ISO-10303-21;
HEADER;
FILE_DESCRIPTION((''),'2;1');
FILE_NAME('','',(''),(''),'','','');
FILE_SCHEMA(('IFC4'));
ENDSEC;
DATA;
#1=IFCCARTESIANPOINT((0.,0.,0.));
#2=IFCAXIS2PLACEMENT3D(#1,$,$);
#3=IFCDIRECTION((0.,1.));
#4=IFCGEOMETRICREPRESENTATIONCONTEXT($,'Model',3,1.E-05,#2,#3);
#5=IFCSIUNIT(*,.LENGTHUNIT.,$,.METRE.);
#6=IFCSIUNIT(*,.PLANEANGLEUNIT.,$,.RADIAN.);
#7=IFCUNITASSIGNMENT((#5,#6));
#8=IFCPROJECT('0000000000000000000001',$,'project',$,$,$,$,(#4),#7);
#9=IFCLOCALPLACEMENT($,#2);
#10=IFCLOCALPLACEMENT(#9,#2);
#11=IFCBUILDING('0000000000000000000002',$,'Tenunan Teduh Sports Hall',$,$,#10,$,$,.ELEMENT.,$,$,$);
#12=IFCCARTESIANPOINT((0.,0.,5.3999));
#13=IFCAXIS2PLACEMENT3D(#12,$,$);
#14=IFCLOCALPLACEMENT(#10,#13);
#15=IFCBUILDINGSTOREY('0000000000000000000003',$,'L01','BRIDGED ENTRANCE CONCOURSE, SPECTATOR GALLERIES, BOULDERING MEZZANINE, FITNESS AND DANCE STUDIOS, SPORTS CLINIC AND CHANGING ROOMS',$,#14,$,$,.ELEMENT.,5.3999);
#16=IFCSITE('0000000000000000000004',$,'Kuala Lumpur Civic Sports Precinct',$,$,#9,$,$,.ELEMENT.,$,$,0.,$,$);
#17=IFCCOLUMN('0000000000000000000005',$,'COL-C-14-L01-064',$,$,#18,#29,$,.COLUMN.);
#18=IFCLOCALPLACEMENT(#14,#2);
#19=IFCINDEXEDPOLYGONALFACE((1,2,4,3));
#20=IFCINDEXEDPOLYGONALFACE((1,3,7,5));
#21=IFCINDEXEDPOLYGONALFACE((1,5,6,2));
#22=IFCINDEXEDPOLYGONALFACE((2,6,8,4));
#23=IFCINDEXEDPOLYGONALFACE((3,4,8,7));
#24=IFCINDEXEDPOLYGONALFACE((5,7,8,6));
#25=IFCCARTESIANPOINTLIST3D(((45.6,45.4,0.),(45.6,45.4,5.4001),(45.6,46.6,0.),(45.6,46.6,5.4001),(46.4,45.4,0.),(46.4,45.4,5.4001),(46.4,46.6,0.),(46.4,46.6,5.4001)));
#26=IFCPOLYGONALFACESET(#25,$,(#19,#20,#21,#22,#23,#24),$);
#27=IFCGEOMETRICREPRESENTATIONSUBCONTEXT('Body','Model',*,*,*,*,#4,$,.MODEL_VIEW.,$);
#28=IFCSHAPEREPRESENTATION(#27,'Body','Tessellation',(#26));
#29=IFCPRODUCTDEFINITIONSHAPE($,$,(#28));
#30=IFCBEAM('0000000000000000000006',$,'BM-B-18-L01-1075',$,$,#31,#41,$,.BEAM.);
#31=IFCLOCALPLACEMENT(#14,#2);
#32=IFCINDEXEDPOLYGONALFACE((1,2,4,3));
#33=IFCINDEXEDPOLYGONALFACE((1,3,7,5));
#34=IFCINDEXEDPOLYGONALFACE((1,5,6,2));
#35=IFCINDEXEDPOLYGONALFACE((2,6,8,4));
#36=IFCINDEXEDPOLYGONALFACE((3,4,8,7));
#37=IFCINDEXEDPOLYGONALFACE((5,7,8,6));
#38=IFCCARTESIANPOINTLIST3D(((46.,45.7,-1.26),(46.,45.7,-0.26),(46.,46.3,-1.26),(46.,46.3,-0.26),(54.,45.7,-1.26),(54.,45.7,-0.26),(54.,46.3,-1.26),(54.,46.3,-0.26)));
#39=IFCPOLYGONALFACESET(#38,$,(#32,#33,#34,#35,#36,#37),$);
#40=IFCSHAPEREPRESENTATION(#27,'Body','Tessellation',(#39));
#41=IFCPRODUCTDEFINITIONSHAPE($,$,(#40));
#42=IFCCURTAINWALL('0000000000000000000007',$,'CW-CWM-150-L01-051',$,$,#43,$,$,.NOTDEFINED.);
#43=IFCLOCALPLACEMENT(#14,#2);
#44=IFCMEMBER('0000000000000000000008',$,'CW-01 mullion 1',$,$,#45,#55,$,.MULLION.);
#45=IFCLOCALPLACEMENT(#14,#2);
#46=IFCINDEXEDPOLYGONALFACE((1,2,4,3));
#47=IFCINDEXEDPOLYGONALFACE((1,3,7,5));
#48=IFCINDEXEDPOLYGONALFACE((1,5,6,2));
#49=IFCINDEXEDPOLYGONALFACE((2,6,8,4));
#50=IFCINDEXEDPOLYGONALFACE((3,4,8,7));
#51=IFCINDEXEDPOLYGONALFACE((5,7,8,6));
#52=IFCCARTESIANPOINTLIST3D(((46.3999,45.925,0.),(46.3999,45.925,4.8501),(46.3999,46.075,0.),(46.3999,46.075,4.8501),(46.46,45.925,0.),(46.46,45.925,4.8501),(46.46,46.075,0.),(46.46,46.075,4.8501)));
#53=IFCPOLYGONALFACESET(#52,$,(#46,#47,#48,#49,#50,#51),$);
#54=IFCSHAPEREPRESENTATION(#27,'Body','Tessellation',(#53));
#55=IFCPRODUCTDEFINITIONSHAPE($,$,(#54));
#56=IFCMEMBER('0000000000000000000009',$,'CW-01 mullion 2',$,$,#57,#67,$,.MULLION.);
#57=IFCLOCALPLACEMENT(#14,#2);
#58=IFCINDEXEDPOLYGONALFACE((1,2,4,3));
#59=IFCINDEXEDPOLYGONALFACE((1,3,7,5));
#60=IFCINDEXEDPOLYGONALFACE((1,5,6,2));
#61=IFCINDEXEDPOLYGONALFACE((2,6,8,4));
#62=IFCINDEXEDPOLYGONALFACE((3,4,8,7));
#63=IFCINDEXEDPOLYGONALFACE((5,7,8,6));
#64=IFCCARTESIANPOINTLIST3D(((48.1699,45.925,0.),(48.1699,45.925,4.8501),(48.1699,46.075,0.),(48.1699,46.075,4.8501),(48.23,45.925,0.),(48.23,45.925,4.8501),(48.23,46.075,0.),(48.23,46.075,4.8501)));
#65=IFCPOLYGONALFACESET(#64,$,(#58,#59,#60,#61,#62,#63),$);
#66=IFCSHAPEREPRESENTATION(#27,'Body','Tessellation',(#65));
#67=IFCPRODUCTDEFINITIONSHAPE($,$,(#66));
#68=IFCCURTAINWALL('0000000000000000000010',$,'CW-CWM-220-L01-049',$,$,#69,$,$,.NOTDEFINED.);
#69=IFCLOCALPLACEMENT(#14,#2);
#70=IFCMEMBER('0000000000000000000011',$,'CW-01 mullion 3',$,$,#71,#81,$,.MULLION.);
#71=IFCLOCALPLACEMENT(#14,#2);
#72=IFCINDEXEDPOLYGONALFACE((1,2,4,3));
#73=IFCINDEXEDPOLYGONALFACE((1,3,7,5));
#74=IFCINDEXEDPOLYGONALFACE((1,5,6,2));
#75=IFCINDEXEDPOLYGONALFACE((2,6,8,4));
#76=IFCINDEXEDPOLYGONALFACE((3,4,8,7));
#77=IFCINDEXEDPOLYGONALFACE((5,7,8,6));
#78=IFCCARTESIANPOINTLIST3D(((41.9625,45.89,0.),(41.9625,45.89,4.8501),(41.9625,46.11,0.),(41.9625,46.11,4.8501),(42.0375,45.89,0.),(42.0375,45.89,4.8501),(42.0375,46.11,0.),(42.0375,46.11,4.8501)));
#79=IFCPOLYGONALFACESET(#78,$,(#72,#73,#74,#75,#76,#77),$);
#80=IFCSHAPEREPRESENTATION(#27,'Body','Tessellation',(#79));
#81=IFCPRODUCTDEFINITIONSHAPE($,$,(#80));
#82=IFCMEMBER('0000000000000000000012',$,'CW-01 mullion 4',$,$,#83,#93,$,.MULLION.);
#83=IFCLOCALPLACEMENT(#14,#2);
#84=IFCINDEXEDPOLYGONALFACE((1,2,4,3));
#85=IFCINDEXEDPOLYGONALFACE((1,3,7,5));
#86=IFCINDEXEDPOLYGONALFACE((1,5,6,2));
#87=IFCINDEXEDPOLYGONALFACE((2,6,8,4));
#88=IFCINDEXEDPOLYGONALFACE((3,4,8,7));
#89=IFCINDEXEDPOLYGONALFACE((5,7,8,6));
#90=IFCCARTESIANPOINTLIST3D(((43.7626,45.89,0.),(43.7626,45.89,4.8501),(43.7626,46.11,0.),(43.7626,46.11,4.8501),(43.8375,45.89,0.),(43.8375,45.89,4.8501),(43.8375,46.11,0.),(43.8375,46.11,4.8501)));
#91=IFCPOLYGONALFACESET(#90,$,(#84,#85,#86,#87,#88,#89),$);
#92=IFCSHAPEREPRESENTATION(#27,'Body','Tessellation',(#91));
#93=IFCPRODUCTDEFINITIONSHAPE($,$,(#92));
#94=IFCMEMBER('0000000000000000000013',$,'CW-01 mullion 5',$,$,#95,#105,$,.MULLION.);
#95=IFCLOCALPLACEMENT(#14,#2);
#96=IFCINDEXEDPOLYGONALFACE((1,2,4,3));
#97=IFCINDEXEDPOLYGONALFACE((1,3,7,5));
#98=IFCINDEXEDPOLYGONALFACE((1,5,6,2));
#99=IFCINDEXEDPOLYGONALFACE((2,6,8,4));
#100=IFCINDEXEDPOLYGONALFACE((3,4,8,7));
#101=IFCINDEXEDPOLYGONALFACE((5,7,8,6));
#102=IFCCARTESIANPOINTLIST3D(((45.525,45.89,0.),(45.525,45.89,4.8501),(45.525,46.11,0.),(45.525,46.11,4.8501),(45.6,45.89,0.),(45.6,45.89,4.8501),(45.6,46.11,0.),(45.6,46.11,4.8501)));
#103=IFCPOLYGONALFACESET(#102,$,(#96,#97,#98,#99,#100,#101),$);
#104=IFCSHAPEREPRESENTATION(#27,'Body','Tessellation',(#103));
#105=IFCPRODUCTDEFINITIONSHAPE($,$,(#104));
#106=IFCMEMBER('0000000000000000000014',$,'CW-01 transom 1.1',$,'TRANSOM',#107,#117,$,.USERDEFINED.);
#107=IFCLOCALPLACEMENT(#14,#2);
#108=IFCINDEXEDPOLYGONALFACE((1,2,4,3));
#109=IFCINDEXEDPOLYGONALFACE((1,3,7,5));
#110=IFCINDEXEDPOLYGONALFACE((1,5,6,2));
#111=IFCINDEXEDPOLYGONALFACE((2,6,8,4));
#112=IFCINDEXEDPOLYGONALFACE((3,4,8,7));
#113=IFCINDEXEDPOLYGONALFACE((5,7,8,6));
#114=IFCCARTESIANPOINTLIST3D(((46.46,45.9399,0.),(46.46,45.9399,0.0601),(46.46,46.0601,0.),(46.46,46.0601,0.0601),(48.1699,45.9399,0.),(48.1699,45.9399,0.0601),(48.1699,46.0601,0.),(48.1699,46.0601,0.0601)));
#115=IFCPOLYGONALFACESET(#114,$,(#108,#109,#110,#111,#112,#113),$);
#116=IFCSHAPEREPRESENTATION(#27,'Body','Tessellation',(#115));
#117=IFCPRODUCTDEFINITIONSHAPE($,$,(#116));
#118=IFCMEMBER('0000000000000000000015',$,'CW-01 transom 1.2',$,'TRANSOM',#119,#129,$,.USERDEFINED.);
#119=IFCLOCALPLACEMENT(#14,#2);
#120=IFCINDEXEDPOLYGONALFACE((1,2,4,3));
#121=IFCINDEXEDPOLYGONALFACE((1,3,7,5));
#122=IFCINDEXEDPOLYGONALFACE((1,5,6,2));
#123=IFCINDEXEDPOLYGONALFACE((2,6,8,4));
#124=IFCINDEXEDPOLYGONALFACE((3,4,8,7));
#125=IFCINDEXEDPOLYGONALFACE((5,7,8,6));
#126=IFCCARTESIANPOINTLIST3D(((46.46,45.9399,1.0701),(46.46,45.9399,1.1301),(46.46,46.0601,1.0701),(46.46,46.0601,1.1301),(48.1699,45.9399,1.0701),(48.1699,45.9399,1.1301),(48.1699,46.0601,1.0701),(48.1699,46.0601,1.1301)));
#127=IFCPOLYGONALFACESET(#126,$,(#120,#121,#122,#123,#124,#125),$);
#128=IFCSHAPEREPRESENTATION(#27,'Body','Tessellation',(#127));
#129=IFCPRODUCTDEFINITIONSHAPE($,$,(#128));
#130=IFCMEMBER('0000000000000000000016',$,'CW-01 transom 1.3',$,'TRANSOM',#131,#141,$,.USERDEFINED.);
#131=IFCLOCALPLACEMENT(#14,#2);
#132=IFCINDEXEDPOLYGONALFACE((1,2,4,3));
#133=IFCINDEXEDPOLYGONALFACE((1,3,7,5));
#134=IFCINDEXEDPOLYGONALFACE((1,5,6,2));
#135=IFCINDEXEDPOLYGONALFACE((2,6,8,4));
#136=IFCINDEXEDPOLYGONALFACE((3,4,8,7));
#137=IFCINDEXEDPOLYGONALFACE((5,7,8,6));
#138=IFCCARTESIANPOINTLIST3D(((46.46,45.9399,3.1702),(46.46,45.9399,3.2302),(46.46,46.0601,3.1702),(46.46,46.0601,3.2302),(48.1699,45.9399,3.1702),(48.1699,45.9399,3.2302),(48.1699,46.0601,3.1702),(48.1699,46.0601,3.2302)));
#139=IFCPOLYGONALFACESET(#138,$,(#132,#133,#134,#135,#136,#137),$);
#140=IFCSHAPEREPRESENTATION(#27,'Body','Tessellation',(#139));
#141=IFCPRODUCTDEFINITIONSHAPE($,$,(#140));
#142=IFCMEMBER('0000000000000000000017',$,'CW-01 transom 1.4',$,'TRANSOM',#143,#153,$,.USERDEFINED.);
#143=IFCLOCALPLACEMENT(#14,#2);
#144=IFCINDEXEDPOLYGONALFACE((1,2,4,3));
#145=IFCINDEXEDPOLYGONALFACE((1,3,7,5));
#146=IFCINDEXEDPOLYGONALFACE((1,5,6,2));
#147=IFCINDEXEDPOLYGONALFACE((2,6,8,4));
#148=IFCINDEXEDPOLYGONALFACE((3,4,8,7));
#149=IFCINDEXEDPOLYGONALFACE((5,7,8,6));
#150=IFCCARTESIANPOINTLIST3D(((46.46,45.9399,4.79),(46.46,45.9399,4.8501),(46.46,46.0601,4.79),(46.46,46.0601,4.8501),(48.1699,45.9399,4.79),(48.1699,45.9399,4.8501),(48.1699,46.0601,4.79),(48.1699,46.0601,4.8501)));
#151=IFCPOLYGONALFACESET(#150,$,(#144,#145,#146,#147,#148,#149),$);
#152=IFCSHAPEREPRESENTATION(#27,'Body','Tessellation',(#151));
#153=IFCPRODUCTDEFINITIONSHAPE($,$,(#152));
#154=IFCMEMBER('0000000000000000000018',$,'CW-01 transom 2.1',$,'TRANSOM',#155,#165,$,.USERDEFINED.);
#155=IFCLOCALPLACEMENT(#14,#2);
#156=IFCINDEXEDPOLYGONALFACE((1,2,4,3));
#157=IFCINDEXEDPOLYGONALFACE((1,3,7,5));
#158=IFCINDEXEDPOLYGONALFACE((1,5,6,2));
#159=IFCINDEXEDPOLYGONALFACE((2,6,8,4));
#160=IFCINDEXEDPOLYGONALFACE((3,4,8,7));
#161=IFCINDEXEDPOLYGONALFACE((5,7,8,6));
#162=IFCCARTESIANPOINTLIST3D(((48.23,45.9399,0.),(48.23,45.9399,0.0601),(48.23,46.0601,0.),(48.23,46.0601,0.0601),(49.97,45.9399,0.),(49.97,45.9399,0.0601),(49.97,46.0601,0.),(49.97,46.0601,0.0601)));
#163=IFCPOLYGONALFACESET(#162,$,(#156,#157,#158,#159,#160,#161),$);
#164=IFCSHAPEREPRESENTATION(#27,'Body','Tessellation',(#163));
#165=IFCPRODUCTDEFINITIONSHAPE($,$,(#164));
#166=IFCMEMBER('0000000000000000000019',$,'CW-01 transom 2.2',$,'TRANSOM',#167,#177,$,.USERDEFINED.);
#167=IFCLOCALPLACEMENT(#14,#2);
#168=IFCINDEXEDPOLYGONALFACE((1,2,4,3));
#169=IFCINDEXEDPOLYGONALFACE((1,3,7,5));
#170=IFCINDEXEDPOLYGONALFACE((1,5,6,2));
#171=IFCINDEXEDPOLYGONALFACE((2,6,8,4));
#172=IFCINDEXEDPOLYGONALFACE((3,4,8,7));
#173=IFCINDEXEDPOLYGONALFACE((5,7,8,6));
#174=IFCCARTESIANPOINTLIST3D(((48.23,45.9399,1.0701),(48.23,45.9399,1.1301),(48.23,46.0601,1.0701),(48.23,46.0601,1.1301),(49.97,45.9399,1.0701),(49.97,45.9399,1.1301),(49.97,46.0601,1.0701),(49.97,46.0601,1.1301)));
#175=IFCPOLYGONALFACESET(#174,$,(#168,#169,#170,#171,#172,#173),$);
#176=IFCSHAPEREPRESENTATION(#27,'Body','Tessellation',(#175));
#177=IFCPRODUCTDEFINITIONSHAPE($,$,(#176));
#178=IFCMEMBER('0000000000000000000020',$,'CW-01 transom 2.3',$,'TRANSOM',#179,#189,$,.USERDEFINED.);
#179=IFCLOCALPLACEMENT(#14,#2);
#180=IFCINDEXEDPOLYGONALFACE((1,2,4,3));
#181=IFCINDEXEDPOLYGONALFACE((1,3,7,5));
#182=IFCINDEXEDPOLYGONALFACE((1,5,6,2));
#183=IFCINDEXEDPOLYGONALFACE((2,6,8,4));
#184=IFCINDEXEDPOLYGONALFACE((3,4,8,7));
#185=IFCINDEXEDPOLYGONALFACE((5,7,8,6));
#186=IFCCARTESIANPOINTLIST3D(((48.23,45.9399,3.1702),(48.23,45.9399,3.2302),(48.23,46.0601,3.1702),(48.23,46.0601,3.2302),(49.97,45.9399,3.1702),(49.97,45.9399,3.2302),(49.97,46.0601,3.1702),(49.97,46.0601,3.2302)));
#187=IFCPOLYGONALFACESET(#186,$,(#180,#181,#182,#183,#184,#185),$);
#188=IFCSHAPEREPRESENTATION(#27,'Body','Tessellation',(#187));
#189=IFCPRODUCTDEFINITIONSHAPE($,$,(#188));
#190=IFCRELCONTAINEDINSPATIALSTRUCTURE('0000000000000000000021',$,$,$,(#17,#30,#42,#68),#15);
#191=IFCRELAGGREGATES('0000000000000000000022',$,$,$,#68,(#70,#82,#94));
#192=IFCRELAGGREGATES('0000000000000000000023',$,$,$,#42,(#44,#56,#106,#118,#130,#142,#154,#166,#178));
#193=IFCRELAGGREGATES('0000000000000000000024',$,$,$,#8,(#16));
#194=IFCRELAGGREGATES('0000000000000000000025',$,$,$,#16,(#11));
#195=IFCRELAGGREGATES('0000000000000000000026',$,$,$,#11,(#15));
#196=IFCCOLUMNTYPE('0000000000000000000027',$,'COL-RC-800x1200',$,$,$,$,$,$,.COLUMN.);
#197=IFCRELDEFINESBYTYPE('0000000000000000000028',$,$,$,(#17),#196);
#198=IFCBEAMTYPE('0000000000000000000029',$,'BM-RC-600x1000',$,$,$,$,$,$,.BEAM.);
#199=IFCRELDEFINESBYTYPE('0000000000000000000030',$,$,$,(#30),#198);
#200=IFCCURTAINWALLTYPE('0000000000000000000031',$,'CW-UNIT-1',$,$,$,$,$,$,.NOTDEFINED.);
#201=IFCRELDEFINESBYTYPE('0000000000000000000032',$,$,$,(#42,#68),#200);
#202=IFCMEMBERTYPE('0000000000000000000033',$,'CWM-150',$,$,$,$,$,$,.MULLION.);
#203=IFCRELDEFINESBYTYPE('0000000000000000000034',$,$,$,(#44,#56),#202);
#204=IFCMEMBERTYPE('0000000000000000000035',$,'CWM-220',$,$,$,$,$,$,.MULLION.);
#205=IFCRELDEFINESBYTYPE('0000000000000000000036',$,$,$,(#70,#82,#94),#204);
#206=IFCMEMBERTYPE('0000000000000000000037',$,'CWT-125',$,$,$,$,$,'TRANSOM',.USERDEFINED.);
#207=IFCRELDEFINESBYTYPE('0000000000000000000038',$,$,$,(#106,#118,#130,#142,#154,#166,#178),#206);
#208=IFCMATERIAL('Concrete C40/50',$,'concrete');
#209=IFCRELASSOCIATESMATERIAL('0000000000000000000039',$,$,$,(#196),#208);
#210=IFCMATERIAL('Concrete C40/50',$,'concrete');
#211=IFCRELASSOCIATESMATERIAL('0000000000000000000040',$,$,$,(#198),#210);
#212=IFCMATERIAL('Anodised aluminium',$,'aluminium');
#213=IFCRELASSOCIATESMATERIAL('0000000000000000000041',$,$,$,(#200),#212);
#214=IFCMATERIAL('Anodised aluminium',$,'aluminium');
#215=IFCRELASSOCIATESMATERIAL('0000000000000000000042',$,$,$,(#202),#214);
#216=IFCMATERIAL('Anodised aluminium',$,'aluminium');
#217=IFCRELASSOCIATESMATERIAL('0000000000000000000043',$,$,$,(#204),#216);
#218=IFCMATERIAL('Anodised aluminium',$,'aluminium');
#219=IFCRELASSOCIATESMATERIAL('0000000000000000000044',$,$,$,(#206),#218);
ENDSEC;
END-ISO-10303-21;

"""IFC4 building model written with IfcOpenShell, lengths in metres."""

from ifc_helpers import new_model, si_unit, direction, frame, origin, origin_2d, place, context, subcontext, project, spatial, rectangle, extrude, material, material_profile, profile_set, type_object, element, aggregate, save


model = new_model("IFC4")

# Units and contexts
model_context = context("Model", 3, precision=1e-05, world=origin(), true_north=direction((0.0, 1.0)))
body_context = subcontext(model_context, "Body", "Model", "MODEL_VIEW")
ifc_project = project(units=[si_unit("LENGTHUNIT", "METRE"), si_unit("PLANEANGLEUNIT", "RADIAN")], contexts=[model_context])

# Site, building, storey
site_placement = place(None, origin())
site = spatial("IfcSite", under=ifc_project, at=site_placement, Name="Kuala Lumpur Civic Sports Precinct", CompositionType="ELEMENT", RefElevation=0.0)
building_placement = place(site_placement, origin())
building = spatial("IfcBuilding", under=site, at=building_placement, Name="Tenunan Teduh Sports Hall", CompositionType="ELEMENT")
storey_placement = place(building_placement, frame((0.0, 0.0, 5.3999)))
storey = spatial("IfcBuildingStorey", under=building, at=storey_placement, Name="L01", Description="BRIDGED ENTRANCE CONCOURSE, SPECTATOR GALLERIES, BOULDERING MEZZANINE, FITNESS AND DANCE STUDIOS, SPORTS CLINIC AND CHANGING ROOMS", CompositionType="ELEMENT", Elevation=5.3999)

# Column
ifc_material_1 = material(Name="Concrete C40/50", Category="concrete")
ifc_material_profile_1 = material_profile(ifc_material_1, rectangle(XDim=0.8, YDim=1.2, at=origin_2d()), Name="RC 800x1200")
ifc_profile_set_1 = profile_set([ifc_material_profile_1], Name="Concrete C40/50")
column_type = type_object("IfcColumnType", Name="COL-RC-800x1200", PredefinedType="COLUMN", material=ifc_profile_set_1)
column_placement = place(storey_placement, frame((46.0, 46.0, 0.0), z_axis=(0.0, 0.0, 1.0), x_axis=(1.0, 0.0, 0.0)))
element("IfcColumn", 1, at=column_placement, inside=storey, type_object=column_type, Name="COL-C-14-L01-064", PredefinedType="COLUMN", context=body_context, shape_type="SweptSolid", body=[
    extrude(rectangle(XDim=0.8, YDim=1.2, at=origin_2d()), origin(), (0.0, 0.0, 1.0), 5.4001),
])

# Beam
ifc_material_2 = material(Name="Concrete C40/50", Category="concrete")
ifc_material_profile_2 = material_profile(ifc_material_2, rectangle(XDim=0.6001, YDim=1.0, at=origin_2d()), Name="RCB 600x1000")
ifc_profile_set_2 = profile_set([ifc_material_profile_2], Name="Concrete C40/50")
beam_type_1 = type_object("IfcBeamType", Name="BM-RC-600x1000", PredefinedType="BEAM", material=ifc_profile_set_2)
beam_1_placement = place(storey_placement, frame((46.0, 46.0, -0.76), z_axis=(1.0, 0.0, 0.0), x_axis=(0.0, 1.0, 0.0)))
element("IfcBeam", 2, at=beam_1_placement, inside=storey, type_object=beam_type_1, Name="BM-B-18-L01-1075", PredefinedType="BEAM", context=body_context, shape_type="SweptSolid", body=[
    extrude(rectangle(XDim=0.6001, YDim=1.0, at=origin_2d()), origin(), (0.0, 0.0, 1.0), 8.0),
])

# Curtain walls, members
ifc_material_3 = material(Name="Anodised aluminium", Category="aluminium")
curtain_wall_type = type_object("IfcCurtainWallType", Name="CW-UNIT-1", PredefinedType="NOTDEFINED", material=ifc_material_3)
curtain_wall_1_placement = place(storey_placement, origin())
curtain_wall_1 = element("IfcCurtainWall", 3, at=curtain_wall_1_placement, inside=storey, type_object=curtain_wall_type, Name="CW-CWM-150-L01-051", PredefinedType="NOTDEFINED")
ifc_material_4 = material(Name="Anodised aluminium", Category="aluminium")
ifc_material_profile_3 = material_profile(ifc_material_4, rectangle(XDim=0.0601, YDim=0.1499, at=origin_2d()), Name="CWM 60x150")
ifc_profile_set_3 = profile_set([ifc_material_profile_3], Name="Anodised aluminium")
member_type_1 = type_object("IfcMemberType", Name="CWM-150", PredefinedType="MULLION", material=ifc_profile_set_3)
member_1_placement = place(storey_placement, frame((46.4299, 46.0, 0.0), z_axis=(0.0, 0.0, 1.0), x_axis=(1.0, 0.0, 0.0)))
member_1 = element("IfcMember", 4, at=member_1_placement, type_object=member_type_1, Name="CW-01 mullion 1", PredefinedType="MULLION", context=body_context, shape_type="SweptSolid", body=[
    extrude(rectangle(XDim=0.0601, YDim=0.1499, at=origin_2d()), origin(), (0.0, 0.0, 1.0), 4.8501),
])
member_2_placement = place(storey_placement, frame((48.2, 46.0, 0.0), z_axis=(0.0, 0.0, 1.0), x_axis=(1.0, 0.0, 0.0)))
member_2 = element("IfcMember", 5, at=member_2_placement, type_object=member_type_1, Name="CW-01 mullion 2", PredefinedType="MULLION", context=body_context, shape_type="SweptSolid", body=[
    extrude(rectangle(XDim=0.0601, YDim=0.1499, at=origin_2d()), origin(), (0.0, 0.0, 1.0), 4.8501),
])
curtain_wall_2_placement = place(storey_placement, origin())
curtain_wall_2 = element("IfcCurtainWall", 6, at=curtain_wall_2_placement, inside=storey, type_object=curtain_wall_type, Name="CW-CWM-220-L01-049", PredefinedType="NOTDEFINED")
ifc_material_5 = material(Name="Anodised aluminium", Category="aluminium")
ifc_material_profile_4 = material_profile(ifc_material_5, rectangle(XDim=0.075, YDim=0.22, at=origin_2d()), Name="CWM 75x220")
ifc_profile_set_4 = profile_set([ifc_material_profile_4], Name="Anodised aluminium")
member_type_2 = type_object("IfcMemberType", Name="CWM-220", PredefinedType="MULLION", material=ifc_profile_set_4)
member_3_placement = place(storey_placement, frame((42.0, 46.0, 0.0), z_axis=(0.0, 0.0, 1.0), x_axis=(1.0, 0.0, 0.0)))
member_3 = element("IfcMember", 7, at=member_3_placement, type_object=member_type_2, Name="CW-01 mullion 3", PredefinedType="MULLION", context=body_context, shape_type="SweptSolid", body=[
    extrude(rectangle(XDim=0.075, YDim=0.22, at=origin_2d()), origin(), (0.0, 0.0, 1.0), 4.8501),
])
member_4_placement = place(storey_placement, frame((43.8, 46.0, 0.0), z_axis=(0.0, 0.0, 1.0), x_axis=(1.0, 0.0, 0.0)))
member_4 = element("IfcMember", 8, at=member_4_placement, type_object=member_type_2, Name="CW-01 mullion 4", PredefinedType="MULLION", context=body_context, shape_type="SweptSolid", body=[
    extrude(rectangle(XDim=0.075, YDim=0.22, at=origin_2d()), origin(), (0.0, 0.0, 1.0), 4.8501),
])
member_5_placement = place(storey_placement, frame((45.5625, 46.0, 0.0), z_axis=(0.0, 0.0, 1.0), x_axis=(1.0, 0.0, 0.0)))
member_5 = element("IfcMember", 9, at=member_5_placement, type_object=member_type_2, Name="CW-01 mullion 5", PredefinedType="MULLION", context=body_context, shape_type="SweptSolid", body=[
    extrude(rectangle(XDim=0.075, YDim=0.22, at=origin_2d()), origin(), (0.0, 0.0, 1.0), 4.8501),
])

# Members
ifc_material_6 = material(Name="Anodised aluminium", Category="aluminium")
ifc_material_profile_5 = material_profile(ifc_material_6, rectangle(XDim=0.0601, YDim=0.1201, at=origin_2d()), Name="CWT 60x120")
ifc_profile_set_5 = profile_set([ifc_material_profile_5], Name="Anodised aluminium")
member_type_3 = type_object("IfcMemberType", Name="CWT-125", ElementType="TRANSOM", PredefinedType="USERDEFINED", material=ifc_profile_set_5)
member_6_placement = place(storey_placement, frame((46.46, 46.0, 0.03), z_axis=(1.0, 0.0, 0.0), x_axis=(0.0, 0.0, 1.0)))
member_6 = element("IfcMember", 10, at=member_6_placement, type_object=member_type_3, Name="CW-01 transom 1.1", ObjectType="TRANSOM", PredefinedType="USERDEFINED", context=body_context, shape_type="SweptSolid", body=[
    extrude(rectangle(XDim=0.0601, YDim=0.1201, at=origin_2d()), origin(), (0.0, 0.0, 1.0), 1.71),
])
member_7_placement = place(storey_placement, frame((46.46, 46.0, 1.1001), z_axis=(1.0, 0.0, 0.0), x_axis=(0.0, 0.0, 1.0)))
member_7 = element("IfcMember", 11, at=member_7_placement, type_object=member_type_3, Name="CW-01 transom 1.2", ObjectType="TRANSOM", PredefinedType="USERDEFINED", context=body_context, shape_type="SweptSolid", body=[
    extrude(rectangle(XDim=0.0601, YDim=0.1201, at=origin_2d()), origin(), (0.0, 0.0, 1.0), 1.71),
])
member_8_placement = place(storey_placement, frame((46.46, 46.0, 3.2002), z_axis=(1.0, 0.0, 0.0), x_axis=(0.0, 0.0, 1.0)))
member_8 = element("IfcMember", 12, at=member_8_placement, type_object=member_type_3, Name="CW-01 transom 1.3", ObjectType="TRANSOM", PredefinedType="USERDEFINED", context=body_context, shape_type="SweptSolid", body=[
    extrude(rectangle(XDim=0.0601, YDim=0.1201, at=origin_2d()), origin(), (0.0, 0.0, 1.0), 1.71),
])
member_9_placement = place(storey_placement, frame((46.46, 46.0, 4.8201), z_axis=(1.0, 0.0, 0.0), x_axis=(0.0, 0.0, 1.0)))
member_9 = element("IfcMember", 13, at=member_9_placement, type_object=member_type_3, Name="CW-01 transom 1.4", ObjectType="TRANSOM", PredefinedType="USERDEFINED", context=body_context, shape_type="SweptSolid", body=[
    extrude(rectangle(XDim=0.0601, YDim=0.1201, at=origin_2d()), origin(), (0.0, 0.0, 1.0), 1.71),
])
member_10_placement = place(storey_placement, frame((48.23, 46.0, 0.03), z_axis=(1.0, 0.0, 0.0), x_axis=(0.0, 0.0, 1.0)))
member_10 = element("IfcMember", 14, at=member_10_placement, type_object=member_type_3, Name="CW-01 transom 2.1", ObjectType="TRANSOM", PredefinedType="USERDEFINED", context=body_context, shape_type="SweptSolid", body=[
    extrude(rectangle(XDim=0.0601, YDim=0.1201, at=origin_2d()), origin(), (0.0, 0.0, 1.0), 1.74),
])
member_11_placement = place(storey_placement, frame((48.23, 46.0, 1.1001), z_axis=(1.0, 0.0, 0.0), x_axis=(0.0, 0.0, 1.0)))
member_11 = element("IfcMember", 15, at=member_11_placement, type_object=member_type_3, Name="CW-01 transom 2.2", ObjectType="TRANSOM", PredefinedType="USERDEFINED", context=body_context, shape_type="SweptSolid", body=[
    extrude(rectangle(XDim=0.0601, YDim=0.1201, at=origin_2d()), origin(), (0.0, 0.0, 1.0), 1.74),
])
member_12_placement = place(storey_placement, frame((48.23, 46.0, 3.2002), z_axis=(1.0, 0.0, 0.0), x_axis=(0.0, 0.0, 1.0)))
member_12 = element("IfcMember", 16, at=member_12_placement, type_object=member_type_3, Name="CW-01 transom 2.3", ObjectType="TRANSOM", PredefinedType="USERDEFINED", context=body_context, shape_type="SweptSolid", body=[
    extrude(rectangle(XDim=0.0601, YDim=0.1201, at=origin_2d()), origin(), (0.0, 0.0, 1.0), 1.74),
])

aggregate(curtain_wall_2, [member_3, member_4, member_5])
aggregate(curtain_wall_1, [member_1, member_2, member_6, member_7, member_8, member_9, member_10, member_11, member_12])

save(model, "model.ifc")
